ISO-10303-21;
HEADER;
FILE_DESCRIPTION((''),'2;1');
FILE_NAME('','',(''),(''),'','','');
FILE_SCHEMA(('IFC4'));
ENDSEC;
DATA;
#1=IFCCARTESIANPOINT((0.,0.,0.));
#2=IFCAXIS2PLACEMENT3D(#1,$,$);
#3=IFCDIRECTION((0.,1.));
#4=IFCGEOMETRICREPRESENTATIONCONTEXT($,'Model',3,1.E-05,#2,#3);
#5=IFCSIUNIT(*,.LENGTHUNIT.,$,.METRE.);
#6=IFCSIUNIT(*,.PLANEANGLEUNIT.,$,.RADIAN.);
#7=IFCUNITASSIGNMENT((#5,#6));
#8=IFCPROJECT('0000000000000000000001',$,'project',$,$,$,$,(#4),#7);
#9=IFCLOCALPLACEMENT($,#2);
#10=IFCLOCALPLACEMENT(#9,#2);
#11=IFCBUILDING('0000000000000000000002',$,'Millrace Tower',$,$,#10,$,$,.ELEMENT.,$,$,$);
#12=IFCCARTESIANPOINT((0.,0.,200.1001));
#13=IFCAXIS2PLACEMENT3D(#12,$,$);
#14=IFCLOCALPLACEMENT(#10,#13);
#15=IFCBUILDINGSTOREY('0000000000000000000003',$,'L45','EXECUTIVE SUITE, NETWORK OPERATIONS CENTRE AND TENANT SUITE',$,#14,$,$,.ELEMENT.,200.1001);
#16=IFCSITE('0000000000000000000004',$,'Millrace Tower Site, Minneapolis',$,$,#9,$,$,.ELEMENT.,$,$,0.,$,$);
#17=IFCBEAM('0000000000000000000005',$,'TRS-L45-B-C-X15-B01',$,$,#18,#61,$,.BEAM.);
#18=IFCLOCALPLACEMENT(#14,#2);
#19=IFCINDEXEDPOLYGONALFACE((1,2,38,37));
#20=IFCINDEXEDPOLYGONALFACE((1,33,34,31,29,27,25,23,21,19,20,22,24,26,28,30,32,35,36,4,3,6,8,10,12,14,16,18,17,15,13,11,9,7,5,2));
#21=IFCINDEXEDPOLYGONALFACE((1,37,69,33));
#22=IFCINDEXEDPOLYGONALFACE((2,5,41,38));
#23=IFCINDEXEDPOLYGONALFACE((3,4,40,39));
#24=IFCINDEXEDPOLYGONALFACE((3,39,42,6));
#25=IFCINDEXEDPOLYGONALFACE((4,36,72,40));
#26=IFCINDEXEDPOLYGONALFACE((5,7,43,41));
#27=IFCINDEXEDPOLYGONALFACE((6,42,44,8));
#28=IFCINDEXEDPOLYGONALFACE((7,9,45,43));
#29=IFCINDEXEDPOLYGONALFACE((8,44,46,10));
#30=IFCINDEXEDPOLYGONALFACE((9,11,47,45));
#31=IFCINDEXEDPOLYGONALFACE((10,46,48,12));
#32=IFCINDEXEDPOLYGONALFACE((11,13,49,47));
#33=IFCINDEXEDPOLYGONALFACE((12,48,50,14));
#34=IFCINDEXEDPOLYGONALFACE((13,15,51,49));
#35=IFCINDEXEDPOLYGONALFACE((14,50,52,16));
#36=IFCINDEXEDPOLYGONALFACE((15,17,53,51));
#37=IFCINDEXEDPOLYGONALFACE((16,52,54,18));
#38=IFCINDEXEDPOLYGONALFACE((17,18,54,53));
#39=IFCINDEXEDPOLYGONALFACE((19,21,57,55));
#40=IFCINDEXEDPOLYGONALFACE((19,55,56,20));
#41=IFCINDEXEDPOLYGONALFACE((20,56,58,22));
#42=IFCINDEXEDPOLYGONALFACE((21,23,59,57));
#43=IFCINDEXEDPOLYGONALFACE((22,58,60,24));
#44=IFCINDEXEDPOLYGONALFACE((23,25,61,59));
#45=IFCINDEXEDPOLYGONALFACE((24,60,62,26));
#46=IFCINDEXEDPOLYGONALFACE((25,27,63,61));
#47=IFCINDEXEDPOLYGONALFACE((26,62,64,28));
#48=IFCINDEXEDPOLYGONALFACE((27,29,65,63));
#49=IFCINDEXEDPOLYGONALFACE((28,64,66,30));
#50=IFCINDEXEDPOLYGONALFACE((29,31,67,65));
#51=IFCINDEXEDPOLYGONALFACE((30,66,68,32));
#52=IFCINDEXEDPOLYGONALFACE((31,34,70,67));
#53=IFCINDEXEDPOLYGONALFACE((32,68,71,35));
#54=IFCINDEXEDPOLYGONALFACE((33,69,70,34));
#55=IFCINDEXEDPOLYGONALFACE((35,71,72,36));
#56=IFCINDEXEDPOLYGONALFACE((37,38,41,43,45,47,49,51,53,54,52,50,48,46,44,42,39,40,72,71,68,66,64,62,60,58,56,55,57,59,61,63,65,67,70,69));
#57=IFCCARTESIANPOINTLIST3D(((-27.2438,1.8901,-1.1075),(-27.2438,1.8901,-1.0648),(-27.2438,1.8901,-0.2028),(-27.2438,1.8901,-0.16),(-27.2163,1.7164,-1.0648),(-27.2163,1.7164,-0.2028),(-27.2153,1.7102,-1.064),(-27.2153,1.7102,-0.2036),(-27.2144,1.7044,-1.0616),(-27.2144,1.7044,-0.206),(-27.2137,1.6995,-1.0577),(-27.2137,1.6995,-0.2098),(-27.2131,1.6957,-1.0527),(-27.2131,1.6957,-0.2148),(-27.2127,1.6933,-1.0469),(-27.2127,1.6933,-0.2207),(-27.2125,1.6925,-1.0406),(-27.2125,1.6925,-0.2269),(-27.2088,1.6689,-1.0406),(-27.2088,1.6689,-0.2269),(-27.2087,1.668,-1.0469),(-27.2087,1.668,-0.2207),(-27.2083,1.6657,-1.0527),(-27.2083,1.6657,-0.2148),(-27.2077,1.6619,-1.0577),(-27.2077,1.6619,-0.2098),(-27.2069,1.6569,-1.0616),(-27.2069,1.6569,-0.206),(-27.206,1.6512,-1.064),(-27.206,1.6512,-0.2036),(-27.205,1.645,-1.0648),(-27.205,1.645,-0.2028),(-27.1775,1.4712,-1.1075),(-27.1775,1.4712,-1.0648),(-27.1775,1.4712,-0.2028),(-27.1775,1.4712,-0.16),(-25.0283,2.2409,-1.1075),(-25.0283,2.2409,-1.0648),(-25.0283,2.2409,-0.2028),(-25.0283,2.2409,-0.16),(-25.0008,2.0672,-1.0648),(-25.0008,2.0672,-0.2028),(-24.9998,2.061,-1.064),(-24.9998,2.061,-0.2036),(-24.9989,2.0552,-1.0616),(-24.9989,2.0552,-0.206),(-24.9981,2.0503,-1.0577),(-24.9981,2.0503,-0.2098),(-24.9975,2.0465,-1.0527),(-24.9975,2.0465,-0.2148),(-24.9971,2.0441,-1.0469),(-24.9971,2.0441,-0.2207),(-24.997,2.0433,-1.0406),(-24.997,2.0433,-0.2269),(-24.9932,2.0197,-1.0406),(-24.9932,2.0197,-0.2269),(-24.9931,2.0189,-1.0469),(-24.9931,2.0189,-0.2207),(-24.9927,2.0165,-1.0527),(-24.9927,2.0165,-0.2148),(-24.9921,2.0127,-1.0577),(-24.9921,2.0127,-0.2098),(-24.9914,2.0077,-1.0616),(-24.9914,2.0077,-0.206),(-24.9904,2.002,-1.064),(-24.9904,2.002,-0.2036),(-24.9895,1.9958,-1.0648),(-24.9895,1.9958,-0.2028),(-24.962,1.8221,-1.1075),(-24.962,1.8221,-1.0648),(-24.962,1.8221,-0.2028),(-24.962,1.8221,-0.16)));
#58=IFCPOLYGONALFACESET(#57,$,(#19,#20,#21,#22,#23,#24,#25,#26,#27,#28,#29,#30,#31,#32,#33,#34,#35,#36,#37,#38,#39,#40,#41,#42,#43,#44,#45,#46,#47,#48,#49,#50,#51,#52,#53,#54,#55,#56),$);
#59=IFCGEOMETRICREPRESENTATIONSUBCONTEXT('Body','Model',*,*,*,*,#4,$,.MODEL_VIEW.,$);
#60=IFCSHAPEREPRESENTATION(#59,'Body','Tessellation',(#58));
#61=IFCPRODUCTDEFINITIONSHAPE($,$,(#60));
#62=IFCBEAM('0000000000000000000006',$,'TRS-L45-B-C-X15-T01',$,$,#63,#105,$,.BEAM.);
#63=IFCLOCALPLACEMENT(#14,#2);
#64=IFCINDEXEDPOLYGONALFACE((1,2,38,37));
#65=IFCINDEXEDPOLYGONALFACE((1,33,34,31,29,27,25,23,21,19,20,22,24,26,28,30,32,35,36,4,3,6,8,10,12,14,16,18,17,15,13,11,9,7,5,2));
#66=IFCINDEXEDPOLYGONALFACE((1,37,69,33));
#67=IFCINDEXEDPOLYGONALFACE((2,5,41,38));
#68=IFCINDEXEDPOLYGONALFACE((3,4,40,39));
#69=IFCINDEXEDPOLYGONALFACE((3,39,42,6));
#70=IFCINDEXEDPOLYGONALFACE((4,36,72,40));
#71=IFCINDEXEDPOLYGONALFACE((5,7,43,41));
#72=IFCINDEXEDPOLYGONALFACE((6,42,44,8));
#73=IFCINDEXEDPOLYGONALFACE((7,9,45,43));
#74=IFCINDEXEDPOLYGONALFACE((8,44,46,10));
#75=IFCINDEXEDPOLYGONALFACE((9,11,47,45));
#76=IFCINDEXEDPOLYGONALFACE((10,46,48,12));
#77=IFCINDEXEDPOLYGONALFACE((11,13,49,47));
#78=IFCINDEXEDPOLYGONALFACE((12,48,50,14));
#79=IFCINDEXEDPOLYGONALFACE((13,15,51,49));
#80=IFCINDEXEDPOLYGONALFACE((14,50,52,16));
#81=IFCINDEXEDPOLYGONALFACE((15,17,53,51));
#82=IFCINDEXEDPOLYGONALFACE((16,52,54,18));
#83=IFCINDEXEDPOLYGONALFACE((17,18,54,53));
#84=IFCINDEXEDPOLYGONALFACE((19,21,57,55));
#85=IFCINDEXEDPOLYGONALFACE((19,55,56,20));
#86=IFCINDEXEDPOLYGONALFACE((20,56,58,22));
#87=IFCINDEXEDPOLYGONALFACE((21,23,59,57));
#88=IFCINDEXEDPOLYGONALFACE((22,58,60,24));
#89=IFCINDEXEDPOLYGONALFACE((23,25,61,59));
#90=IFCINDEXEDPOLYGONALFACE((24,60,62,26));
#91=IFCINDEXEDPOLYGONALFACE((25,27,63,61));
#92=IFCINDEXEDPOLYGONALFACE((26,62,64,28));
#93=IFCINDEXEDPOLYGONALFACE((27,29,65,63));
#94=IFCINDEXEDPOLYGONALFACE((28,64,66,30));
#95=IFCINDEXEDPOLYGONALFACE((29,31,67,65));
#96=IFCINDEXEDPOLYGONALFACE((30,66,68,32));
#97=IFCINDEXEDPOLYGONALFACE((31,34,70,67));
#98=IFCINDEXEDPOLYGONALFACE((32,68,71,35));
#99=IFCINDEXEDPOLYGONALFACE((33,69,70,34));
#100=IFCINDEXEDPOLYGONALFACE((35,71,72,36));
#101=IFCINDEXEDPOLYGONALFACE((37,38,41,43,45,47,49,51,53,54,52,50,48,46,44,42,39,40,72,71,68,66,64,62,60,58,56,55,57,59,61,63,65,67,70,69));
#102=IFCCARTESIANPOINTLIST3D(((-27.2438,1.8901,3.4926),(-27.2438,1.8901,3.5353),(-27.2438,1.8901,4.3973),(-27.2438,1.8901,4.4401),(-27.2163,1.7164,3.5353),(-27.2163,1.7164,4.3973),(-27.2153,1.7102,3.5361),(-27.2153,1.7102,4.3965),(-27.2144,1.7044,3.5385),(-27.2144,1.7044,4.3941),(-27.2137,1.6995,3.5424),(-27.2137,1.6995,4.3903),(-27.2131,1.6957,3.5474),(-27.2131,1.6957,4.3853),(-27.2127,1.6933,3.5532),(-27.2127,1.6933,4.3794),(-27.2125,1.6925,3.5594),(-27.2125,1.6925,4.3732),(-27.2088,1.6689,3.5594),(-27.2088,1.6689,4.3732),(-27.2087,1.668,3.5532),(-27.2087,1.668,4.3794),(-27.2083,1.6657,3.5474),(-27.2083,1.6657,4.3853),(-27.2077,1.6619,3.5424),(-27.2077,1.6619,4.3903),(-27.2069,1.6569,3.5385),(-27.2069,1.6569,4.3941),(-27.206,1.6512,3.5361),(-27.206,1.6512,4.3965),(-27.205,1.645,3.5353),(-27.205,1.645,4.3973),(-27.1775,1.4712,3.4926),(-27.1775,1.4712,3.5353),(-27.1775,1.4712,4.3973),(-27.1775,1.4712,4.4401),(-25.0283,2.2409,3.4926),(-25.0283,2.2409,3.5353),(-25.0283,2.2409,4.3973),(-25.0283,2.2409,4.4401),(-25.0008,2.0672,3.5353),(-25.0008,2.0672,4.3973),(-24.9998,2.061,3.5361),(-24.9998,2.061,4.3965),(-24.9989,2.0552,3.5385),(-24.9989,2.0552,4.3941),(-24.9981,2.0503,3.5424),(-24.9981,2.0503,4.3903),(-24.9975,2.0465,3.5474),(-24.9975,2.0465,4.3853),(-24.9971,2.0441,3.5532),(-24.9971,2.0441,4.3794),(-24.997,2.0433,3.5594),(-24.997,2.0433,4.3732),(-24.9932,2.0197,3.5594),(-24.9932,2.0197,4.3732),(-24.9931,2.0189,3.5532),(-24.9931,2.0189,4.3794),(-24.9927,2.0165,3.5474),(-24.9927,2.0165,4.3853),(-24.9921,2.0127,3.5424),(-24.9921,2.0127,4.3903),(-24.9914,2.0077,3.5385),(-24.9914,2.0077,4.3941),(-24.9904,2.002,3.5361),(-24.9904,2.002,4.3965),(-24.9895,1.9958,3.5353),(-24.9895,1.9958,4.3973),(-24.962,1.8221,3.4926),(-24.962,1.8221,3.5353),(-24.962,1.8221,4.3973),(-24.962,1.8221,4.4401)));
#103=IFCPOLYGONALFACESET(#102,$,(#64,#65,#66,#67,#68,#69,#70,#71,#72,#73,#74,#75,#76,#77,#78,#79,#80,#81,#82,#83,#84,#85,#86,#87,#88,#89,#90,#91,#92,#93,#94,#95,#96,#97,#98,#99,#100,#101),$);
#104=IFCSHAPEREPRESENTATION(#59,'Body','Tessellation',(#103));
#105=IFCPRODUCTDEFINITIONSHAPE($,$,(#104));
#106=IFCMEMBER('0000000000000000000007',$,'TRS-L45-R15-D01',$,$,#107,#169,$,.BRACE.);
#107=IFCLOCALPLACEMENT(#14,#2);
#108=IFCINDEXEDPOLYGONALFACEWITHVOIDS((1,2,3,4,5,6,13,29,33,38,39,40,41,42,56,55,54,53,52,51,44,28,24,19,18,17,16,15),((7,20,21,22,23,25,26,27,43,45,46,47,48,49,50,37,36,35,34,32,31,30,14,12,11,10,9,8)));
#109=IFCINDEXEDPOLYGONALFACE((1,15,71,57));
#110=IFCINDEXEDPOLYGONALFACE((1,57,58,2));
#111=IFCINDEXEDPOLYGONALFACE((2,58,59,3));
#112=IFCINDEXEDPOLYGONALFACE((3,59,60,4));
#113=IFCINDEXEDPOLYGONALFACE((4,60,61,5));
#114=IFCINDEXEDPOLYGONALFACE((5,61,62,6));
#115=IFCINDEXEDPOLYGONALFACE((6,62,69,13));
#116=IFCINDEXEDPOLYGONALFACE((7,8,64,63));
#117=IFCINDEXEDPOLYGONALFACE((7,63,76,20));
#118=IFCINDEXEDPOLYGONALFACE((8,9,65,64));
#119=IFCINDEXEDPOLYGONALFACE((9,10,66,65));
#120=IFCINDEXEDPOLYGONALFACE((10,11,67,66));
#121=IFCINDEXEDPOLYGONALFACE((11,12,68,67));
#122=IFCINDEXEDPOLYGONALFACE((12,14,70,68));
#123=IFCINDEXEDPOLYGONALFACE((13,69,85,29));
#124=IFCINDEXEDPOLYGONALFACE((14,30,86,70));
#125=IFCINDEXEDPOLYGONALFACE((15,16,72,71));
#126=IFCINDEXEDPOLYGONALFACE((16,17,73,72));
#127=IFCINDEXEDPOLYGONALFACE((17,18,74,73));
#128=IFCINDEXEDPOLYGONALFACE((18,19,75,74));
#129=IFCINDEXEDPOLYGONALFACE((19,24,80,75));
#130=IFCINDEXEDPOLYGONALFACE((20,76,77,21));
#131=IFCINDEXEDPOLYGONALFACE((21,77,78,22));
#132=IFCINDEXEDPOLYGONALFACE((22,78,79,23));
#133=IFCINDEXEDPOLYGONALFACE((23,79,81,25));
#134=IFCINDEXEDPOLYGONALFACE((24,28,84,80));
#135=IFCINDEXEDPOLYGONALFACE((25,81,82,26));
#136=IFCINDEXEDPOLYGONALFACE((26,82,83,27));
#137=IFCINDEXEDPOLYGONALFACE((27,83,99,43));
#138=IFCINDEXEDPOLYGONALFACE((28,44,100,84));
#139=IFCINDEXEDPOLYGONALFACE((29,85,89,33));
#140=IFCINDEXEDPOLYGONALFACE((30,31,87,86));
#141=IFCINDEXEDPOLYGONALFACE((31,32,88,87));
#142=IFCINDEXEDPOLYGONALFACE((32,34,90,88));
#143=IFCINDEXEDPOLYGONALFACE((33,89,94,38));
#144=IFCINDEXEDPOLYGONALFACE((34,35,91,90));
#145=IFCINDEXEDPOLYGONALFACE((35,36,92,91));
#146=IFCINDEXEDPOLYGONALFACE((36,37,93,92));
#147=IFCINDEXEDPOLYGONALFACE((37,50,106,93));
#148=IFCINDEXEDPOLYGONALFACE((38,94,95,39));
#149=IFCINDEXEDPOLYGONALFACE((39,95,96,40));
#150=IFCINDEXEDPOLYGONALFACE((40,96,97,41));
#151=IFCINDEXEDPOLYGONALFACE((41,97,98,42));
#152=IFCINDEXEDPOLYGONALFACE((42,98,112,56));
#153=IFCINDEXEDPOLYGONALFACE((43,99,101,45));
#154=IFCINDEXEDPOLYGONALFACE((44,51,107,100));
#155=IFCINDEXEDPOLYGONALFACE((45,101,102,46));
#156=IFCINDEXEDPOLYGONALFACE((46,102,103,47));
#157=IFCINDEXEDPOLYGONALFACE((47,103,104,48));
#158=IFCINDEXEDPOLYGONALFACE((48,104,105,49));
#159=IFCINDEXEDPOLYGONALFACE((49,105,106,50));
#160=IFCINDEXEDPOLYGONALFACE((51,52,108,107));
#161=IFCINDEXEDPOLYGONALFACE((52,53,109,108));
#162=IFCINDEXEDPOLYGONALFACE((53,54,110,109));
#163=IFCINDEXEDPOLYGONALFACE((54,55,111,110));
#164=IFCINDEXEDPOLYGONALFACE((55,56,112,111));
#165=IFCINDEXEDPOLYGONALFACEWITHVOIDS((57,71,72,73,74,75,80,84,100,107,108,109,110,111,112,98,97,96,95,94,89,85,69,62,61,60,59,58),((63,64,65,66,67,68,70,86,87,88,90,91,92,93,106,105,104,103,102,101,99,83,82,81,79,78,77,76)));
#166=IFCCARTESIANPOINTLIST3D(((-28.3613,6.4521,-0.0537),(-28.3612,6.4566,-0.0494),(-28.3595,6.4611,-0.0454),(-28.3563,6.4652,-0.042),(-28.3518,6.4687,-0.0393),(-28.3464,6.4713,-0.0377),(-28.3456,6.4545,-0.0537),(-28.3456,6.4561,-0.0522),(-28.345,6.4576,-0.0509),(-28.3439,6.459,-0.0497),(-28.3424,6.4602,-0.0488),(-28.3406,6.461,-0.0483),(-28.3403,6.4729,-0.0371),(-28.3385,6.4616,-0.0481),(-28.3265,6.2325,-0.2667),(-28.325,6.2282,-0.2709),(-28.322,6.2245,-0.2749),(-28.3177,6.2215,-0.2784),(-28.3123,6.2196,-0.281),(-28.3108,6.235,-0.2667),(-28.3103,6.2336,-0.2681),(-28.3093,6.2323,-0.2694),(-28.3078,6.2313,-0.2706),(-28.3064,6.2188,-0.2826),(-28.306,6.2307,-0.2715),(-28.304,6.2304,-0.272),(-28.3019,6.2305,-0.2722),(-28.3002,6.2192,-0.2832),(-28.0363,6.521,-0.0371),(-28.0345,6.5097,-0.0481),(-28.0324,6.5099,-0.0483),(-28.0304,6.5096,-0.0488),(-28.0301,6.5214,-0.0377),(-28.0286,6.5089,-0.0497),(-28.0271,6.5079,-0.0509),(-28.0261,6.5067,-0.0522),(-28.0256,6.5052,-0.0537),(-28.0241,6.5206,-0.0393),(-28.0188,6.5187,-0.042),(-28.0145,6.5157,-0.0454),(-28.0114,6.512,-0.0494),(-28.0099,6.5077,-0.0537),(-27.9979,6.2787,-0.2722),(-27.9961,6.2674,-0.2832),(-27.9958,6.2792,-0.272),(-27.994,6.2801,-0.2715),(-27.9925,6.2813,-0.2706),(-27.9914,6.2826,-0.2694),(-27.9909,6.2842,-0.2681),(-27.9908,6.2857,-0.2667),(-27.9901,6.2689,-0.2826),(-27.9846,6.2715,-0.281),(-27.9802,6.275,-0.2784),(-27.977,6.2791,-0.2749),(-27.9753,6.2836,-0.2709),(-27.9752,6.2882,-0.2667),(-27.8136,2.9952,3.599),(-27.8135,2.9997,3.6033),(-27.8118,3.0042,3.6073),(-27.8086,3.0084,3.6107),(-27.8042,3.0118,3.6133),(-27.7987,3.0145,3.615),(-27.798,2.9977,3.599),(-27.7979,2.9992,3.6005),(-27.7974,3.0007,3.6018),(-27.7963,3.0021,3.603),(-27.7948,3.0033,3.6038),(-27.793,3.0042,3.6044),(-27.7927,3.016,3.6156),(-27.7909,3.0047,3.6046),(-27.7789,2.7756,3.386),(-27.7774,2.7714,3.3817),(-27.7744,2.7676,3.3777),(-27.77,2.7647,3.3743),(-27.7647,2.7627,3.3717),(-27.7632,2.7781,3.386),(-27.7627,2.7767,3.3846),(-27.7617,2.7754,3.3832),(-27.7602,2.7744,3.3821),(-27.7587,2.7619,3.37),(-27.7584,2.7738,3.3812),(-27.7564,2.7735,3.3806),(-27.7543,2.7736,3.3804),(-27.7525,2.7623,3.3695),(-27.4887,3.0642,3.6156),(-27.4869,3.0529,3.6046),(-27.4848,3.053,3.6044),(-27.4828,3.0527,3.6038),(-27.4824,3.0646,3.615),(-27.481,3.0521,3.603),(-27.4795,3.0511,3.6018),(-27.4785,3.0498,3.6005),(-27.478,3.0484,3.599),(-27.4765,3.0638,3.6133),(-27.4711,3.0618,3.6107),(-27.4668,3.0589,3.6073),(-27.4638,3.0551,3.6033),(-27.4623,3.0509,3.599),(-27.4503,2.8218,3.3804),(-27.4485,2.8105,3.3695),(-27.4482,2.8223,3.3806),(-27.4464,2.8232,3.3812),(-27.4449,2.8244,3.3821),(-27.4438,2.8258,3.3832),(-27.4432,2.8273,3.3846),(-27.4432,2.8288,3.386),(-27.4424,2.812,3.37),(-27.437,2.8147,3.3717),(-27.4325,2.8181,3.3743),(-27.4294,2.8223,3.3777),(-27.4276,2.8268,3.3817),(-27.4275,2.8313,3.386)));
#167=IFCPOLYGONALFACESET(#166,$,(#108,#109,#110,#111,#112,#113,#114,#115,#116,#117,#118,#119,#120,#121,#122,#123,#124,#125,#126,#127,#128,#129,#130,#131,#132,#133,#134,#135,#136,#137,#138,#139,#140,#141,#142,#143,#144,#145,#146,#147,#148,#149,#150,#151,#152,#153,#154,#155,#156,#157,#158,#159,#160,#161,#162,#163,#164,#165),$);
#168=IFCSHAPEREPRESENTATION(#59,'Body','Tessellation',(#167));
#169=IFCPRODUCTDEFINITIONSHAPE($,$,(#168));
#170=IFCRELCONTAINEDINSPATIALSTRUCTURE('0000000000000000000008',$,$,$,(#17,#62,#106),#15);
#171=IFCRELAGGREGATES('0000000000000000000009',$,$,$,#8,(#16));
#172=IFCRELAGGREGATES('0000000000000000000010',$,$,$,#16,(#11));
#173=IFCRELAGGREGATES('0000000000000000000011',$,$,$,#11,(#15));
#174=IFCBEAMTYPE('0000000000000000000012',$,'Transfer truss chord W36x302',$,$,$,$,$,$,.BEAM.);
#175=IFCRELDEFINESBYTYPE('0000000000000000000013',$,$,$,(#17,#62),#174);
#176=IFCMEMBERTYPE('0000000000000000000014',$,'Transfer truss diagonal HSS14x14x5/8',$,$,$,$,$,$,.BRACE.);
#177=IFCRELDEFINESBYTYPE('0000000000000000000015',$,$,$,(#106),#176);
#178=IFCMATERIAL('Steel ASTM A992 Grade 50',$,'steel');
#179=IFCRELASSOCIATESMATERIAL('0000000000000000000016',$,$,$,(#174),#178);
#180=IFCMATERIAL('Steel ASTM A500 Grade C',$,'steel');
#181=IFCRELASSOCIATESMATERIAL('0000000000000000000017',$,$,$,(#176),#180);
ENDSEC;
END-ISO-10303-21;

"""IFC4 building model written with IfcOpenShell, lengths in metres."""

from ifc_helpers import new_model, si_unit, direction, frame, origin, origin_2d, place, context, subcontext, project, spatial, hollow_rectangle, i_section, extrude, material, material_profile, profile_set, type_object, element, save


model = new_model("IFC4")

# Units and contexts
model_context = context("Model", 3, precision=1e-05, world=origin(), true_north=direction((0.0, 1.0)))
body_context = subcontext(model_context, "Body", "Model", "MODEL_VIEW")
ifc_project = project(units=[si_unit("LENGTHUNIT", "METRE"), si_unit("PLANEANGLEUNIT", "RADIAN")], contexts=[model_context])

# Site, building, storey
site_placement = place(None, origin())
site = spatial("IfcSite", under=ifc_project, at=site_placement, Name="Millrace Tower Site, Minneapolis", CompositionType="ELEMENT", RefElevation=0.0)
building_placement = place(site_placement, origin())
building = spatial("IfcBuilding", under=site, at=building_placement, Name="Millrace Tower", CompositionType="ELEMENT")
storey_placement = place(building_placement, frame((0.0, 0.0, 200.1001)))
storey = spatial("IfcBuildingStorey", under=building, at=storey_placement, Name="L45", Description="EXECUTIVE SUITE, NETWORK OPERATIONS CENTRE AND TENANT SUITE", CompositionType="ELEMENT", Elevation=200.1001)

# Beams
ifc_material_1 = material(Name="Steel ASTM A992 Grade 50", Category="steel")
ifc_material_profile_1 = material_profile(ifc_material_1, i_section(OverallWidth=0.4241, OverallDepth=0.9475, WebThickness=0.0239, FlangeThickness=0.0427, FilletRadius=0.0242, at=origin_2d()))
ifc_profile_set_1 = profile_set([ifc_material_profile_1], Name="Steel ASTM A992 Grade 50")
beam_type_1 = type_object("IfcBeamType", Name="Transfer truss chord W36x302", PredefinedType="BEAM", material=ifc_profile_set_1)
for number, where, z_axis, x_axis, name in (
    (1, (-24.9951, 2.0315, -0.6338), (-0.987694, -0.156398, 0.0), (0.156398, -0.987694, 0.0), "TRS-L45-B-C-X15-B01"),
    (2, (-24.9951, 2.0315, 3.9663), (-0.987694, -0.156398, 0.0), (0.156398, -0.987694, 0.0), "TRS-L45-B-C-X15-T01"),
):
    element("IfcBeam", number, at=place(storey_placement, frame(where, z_axis=z_axis, x_axis=x_axis)), inside=storey, type_object=beam_type_1, Name=name, PredefinedType="BEAM", context=body_context, shape_type="SweptSolid", body=[
        extrude(i_section(OverallWidth=0.4241, OverallDepth=0.9475, WebThickness=0.0239, FlangeThickness=0.0427, FilletRadius=0.0242, at=origin_2d()), origin(), (0.0, 0.0, 1.0), 2.2432),
    ])

# Member
ifc_material_2 = material(Name="Steel ASTM A500 Grade C", Category="steel")
ifc_material_profile_2 = material_profile(ifc_material_2, hollow_rectangle(XDim=0.3557, YDim=0.3557, WallThickness=0.0159, InnerFilletRadius=0.0081, OuterFilletRadius=0.0239, at=origin_2d()))
ifc_profile_set_2 = profile_set([ifc_material_profile_2], Name="Steel ASTM A500 Grade C")
member_type_1 = type_object("IfcMemberType", Name="Transfer truss diagonal HSS14x14x5/8", PredefinedType="BRACE", material=ifc_profile_set_2)
member_1_placement = place(storey_placement, frame((-28.1682, 6.3701, -0.1602), z_axis=(0.10825, -0.683332, 0.722038), x_axis=(0.987684, 0.156464, 0.0)))
element("IfcMember", 3, at=member_1_placement, inside=storey, type_object=member_type_1, Name="TRS-L45-R15-D01", PredefinedType="BRACE", context=body_context, shape_type="SweptSolid", body=[
    extrude(hollow_rectangle(XDim=0.3557, YDim=0.3557, WallThickness=0.0159, InnerFilletRadius=0.0081, OuterFilletRadius=0.0239, at=origin_2d()), origin(), (0.0, 0.0, 1.0), 5.0588),
])

save(model, "model.ifc")
